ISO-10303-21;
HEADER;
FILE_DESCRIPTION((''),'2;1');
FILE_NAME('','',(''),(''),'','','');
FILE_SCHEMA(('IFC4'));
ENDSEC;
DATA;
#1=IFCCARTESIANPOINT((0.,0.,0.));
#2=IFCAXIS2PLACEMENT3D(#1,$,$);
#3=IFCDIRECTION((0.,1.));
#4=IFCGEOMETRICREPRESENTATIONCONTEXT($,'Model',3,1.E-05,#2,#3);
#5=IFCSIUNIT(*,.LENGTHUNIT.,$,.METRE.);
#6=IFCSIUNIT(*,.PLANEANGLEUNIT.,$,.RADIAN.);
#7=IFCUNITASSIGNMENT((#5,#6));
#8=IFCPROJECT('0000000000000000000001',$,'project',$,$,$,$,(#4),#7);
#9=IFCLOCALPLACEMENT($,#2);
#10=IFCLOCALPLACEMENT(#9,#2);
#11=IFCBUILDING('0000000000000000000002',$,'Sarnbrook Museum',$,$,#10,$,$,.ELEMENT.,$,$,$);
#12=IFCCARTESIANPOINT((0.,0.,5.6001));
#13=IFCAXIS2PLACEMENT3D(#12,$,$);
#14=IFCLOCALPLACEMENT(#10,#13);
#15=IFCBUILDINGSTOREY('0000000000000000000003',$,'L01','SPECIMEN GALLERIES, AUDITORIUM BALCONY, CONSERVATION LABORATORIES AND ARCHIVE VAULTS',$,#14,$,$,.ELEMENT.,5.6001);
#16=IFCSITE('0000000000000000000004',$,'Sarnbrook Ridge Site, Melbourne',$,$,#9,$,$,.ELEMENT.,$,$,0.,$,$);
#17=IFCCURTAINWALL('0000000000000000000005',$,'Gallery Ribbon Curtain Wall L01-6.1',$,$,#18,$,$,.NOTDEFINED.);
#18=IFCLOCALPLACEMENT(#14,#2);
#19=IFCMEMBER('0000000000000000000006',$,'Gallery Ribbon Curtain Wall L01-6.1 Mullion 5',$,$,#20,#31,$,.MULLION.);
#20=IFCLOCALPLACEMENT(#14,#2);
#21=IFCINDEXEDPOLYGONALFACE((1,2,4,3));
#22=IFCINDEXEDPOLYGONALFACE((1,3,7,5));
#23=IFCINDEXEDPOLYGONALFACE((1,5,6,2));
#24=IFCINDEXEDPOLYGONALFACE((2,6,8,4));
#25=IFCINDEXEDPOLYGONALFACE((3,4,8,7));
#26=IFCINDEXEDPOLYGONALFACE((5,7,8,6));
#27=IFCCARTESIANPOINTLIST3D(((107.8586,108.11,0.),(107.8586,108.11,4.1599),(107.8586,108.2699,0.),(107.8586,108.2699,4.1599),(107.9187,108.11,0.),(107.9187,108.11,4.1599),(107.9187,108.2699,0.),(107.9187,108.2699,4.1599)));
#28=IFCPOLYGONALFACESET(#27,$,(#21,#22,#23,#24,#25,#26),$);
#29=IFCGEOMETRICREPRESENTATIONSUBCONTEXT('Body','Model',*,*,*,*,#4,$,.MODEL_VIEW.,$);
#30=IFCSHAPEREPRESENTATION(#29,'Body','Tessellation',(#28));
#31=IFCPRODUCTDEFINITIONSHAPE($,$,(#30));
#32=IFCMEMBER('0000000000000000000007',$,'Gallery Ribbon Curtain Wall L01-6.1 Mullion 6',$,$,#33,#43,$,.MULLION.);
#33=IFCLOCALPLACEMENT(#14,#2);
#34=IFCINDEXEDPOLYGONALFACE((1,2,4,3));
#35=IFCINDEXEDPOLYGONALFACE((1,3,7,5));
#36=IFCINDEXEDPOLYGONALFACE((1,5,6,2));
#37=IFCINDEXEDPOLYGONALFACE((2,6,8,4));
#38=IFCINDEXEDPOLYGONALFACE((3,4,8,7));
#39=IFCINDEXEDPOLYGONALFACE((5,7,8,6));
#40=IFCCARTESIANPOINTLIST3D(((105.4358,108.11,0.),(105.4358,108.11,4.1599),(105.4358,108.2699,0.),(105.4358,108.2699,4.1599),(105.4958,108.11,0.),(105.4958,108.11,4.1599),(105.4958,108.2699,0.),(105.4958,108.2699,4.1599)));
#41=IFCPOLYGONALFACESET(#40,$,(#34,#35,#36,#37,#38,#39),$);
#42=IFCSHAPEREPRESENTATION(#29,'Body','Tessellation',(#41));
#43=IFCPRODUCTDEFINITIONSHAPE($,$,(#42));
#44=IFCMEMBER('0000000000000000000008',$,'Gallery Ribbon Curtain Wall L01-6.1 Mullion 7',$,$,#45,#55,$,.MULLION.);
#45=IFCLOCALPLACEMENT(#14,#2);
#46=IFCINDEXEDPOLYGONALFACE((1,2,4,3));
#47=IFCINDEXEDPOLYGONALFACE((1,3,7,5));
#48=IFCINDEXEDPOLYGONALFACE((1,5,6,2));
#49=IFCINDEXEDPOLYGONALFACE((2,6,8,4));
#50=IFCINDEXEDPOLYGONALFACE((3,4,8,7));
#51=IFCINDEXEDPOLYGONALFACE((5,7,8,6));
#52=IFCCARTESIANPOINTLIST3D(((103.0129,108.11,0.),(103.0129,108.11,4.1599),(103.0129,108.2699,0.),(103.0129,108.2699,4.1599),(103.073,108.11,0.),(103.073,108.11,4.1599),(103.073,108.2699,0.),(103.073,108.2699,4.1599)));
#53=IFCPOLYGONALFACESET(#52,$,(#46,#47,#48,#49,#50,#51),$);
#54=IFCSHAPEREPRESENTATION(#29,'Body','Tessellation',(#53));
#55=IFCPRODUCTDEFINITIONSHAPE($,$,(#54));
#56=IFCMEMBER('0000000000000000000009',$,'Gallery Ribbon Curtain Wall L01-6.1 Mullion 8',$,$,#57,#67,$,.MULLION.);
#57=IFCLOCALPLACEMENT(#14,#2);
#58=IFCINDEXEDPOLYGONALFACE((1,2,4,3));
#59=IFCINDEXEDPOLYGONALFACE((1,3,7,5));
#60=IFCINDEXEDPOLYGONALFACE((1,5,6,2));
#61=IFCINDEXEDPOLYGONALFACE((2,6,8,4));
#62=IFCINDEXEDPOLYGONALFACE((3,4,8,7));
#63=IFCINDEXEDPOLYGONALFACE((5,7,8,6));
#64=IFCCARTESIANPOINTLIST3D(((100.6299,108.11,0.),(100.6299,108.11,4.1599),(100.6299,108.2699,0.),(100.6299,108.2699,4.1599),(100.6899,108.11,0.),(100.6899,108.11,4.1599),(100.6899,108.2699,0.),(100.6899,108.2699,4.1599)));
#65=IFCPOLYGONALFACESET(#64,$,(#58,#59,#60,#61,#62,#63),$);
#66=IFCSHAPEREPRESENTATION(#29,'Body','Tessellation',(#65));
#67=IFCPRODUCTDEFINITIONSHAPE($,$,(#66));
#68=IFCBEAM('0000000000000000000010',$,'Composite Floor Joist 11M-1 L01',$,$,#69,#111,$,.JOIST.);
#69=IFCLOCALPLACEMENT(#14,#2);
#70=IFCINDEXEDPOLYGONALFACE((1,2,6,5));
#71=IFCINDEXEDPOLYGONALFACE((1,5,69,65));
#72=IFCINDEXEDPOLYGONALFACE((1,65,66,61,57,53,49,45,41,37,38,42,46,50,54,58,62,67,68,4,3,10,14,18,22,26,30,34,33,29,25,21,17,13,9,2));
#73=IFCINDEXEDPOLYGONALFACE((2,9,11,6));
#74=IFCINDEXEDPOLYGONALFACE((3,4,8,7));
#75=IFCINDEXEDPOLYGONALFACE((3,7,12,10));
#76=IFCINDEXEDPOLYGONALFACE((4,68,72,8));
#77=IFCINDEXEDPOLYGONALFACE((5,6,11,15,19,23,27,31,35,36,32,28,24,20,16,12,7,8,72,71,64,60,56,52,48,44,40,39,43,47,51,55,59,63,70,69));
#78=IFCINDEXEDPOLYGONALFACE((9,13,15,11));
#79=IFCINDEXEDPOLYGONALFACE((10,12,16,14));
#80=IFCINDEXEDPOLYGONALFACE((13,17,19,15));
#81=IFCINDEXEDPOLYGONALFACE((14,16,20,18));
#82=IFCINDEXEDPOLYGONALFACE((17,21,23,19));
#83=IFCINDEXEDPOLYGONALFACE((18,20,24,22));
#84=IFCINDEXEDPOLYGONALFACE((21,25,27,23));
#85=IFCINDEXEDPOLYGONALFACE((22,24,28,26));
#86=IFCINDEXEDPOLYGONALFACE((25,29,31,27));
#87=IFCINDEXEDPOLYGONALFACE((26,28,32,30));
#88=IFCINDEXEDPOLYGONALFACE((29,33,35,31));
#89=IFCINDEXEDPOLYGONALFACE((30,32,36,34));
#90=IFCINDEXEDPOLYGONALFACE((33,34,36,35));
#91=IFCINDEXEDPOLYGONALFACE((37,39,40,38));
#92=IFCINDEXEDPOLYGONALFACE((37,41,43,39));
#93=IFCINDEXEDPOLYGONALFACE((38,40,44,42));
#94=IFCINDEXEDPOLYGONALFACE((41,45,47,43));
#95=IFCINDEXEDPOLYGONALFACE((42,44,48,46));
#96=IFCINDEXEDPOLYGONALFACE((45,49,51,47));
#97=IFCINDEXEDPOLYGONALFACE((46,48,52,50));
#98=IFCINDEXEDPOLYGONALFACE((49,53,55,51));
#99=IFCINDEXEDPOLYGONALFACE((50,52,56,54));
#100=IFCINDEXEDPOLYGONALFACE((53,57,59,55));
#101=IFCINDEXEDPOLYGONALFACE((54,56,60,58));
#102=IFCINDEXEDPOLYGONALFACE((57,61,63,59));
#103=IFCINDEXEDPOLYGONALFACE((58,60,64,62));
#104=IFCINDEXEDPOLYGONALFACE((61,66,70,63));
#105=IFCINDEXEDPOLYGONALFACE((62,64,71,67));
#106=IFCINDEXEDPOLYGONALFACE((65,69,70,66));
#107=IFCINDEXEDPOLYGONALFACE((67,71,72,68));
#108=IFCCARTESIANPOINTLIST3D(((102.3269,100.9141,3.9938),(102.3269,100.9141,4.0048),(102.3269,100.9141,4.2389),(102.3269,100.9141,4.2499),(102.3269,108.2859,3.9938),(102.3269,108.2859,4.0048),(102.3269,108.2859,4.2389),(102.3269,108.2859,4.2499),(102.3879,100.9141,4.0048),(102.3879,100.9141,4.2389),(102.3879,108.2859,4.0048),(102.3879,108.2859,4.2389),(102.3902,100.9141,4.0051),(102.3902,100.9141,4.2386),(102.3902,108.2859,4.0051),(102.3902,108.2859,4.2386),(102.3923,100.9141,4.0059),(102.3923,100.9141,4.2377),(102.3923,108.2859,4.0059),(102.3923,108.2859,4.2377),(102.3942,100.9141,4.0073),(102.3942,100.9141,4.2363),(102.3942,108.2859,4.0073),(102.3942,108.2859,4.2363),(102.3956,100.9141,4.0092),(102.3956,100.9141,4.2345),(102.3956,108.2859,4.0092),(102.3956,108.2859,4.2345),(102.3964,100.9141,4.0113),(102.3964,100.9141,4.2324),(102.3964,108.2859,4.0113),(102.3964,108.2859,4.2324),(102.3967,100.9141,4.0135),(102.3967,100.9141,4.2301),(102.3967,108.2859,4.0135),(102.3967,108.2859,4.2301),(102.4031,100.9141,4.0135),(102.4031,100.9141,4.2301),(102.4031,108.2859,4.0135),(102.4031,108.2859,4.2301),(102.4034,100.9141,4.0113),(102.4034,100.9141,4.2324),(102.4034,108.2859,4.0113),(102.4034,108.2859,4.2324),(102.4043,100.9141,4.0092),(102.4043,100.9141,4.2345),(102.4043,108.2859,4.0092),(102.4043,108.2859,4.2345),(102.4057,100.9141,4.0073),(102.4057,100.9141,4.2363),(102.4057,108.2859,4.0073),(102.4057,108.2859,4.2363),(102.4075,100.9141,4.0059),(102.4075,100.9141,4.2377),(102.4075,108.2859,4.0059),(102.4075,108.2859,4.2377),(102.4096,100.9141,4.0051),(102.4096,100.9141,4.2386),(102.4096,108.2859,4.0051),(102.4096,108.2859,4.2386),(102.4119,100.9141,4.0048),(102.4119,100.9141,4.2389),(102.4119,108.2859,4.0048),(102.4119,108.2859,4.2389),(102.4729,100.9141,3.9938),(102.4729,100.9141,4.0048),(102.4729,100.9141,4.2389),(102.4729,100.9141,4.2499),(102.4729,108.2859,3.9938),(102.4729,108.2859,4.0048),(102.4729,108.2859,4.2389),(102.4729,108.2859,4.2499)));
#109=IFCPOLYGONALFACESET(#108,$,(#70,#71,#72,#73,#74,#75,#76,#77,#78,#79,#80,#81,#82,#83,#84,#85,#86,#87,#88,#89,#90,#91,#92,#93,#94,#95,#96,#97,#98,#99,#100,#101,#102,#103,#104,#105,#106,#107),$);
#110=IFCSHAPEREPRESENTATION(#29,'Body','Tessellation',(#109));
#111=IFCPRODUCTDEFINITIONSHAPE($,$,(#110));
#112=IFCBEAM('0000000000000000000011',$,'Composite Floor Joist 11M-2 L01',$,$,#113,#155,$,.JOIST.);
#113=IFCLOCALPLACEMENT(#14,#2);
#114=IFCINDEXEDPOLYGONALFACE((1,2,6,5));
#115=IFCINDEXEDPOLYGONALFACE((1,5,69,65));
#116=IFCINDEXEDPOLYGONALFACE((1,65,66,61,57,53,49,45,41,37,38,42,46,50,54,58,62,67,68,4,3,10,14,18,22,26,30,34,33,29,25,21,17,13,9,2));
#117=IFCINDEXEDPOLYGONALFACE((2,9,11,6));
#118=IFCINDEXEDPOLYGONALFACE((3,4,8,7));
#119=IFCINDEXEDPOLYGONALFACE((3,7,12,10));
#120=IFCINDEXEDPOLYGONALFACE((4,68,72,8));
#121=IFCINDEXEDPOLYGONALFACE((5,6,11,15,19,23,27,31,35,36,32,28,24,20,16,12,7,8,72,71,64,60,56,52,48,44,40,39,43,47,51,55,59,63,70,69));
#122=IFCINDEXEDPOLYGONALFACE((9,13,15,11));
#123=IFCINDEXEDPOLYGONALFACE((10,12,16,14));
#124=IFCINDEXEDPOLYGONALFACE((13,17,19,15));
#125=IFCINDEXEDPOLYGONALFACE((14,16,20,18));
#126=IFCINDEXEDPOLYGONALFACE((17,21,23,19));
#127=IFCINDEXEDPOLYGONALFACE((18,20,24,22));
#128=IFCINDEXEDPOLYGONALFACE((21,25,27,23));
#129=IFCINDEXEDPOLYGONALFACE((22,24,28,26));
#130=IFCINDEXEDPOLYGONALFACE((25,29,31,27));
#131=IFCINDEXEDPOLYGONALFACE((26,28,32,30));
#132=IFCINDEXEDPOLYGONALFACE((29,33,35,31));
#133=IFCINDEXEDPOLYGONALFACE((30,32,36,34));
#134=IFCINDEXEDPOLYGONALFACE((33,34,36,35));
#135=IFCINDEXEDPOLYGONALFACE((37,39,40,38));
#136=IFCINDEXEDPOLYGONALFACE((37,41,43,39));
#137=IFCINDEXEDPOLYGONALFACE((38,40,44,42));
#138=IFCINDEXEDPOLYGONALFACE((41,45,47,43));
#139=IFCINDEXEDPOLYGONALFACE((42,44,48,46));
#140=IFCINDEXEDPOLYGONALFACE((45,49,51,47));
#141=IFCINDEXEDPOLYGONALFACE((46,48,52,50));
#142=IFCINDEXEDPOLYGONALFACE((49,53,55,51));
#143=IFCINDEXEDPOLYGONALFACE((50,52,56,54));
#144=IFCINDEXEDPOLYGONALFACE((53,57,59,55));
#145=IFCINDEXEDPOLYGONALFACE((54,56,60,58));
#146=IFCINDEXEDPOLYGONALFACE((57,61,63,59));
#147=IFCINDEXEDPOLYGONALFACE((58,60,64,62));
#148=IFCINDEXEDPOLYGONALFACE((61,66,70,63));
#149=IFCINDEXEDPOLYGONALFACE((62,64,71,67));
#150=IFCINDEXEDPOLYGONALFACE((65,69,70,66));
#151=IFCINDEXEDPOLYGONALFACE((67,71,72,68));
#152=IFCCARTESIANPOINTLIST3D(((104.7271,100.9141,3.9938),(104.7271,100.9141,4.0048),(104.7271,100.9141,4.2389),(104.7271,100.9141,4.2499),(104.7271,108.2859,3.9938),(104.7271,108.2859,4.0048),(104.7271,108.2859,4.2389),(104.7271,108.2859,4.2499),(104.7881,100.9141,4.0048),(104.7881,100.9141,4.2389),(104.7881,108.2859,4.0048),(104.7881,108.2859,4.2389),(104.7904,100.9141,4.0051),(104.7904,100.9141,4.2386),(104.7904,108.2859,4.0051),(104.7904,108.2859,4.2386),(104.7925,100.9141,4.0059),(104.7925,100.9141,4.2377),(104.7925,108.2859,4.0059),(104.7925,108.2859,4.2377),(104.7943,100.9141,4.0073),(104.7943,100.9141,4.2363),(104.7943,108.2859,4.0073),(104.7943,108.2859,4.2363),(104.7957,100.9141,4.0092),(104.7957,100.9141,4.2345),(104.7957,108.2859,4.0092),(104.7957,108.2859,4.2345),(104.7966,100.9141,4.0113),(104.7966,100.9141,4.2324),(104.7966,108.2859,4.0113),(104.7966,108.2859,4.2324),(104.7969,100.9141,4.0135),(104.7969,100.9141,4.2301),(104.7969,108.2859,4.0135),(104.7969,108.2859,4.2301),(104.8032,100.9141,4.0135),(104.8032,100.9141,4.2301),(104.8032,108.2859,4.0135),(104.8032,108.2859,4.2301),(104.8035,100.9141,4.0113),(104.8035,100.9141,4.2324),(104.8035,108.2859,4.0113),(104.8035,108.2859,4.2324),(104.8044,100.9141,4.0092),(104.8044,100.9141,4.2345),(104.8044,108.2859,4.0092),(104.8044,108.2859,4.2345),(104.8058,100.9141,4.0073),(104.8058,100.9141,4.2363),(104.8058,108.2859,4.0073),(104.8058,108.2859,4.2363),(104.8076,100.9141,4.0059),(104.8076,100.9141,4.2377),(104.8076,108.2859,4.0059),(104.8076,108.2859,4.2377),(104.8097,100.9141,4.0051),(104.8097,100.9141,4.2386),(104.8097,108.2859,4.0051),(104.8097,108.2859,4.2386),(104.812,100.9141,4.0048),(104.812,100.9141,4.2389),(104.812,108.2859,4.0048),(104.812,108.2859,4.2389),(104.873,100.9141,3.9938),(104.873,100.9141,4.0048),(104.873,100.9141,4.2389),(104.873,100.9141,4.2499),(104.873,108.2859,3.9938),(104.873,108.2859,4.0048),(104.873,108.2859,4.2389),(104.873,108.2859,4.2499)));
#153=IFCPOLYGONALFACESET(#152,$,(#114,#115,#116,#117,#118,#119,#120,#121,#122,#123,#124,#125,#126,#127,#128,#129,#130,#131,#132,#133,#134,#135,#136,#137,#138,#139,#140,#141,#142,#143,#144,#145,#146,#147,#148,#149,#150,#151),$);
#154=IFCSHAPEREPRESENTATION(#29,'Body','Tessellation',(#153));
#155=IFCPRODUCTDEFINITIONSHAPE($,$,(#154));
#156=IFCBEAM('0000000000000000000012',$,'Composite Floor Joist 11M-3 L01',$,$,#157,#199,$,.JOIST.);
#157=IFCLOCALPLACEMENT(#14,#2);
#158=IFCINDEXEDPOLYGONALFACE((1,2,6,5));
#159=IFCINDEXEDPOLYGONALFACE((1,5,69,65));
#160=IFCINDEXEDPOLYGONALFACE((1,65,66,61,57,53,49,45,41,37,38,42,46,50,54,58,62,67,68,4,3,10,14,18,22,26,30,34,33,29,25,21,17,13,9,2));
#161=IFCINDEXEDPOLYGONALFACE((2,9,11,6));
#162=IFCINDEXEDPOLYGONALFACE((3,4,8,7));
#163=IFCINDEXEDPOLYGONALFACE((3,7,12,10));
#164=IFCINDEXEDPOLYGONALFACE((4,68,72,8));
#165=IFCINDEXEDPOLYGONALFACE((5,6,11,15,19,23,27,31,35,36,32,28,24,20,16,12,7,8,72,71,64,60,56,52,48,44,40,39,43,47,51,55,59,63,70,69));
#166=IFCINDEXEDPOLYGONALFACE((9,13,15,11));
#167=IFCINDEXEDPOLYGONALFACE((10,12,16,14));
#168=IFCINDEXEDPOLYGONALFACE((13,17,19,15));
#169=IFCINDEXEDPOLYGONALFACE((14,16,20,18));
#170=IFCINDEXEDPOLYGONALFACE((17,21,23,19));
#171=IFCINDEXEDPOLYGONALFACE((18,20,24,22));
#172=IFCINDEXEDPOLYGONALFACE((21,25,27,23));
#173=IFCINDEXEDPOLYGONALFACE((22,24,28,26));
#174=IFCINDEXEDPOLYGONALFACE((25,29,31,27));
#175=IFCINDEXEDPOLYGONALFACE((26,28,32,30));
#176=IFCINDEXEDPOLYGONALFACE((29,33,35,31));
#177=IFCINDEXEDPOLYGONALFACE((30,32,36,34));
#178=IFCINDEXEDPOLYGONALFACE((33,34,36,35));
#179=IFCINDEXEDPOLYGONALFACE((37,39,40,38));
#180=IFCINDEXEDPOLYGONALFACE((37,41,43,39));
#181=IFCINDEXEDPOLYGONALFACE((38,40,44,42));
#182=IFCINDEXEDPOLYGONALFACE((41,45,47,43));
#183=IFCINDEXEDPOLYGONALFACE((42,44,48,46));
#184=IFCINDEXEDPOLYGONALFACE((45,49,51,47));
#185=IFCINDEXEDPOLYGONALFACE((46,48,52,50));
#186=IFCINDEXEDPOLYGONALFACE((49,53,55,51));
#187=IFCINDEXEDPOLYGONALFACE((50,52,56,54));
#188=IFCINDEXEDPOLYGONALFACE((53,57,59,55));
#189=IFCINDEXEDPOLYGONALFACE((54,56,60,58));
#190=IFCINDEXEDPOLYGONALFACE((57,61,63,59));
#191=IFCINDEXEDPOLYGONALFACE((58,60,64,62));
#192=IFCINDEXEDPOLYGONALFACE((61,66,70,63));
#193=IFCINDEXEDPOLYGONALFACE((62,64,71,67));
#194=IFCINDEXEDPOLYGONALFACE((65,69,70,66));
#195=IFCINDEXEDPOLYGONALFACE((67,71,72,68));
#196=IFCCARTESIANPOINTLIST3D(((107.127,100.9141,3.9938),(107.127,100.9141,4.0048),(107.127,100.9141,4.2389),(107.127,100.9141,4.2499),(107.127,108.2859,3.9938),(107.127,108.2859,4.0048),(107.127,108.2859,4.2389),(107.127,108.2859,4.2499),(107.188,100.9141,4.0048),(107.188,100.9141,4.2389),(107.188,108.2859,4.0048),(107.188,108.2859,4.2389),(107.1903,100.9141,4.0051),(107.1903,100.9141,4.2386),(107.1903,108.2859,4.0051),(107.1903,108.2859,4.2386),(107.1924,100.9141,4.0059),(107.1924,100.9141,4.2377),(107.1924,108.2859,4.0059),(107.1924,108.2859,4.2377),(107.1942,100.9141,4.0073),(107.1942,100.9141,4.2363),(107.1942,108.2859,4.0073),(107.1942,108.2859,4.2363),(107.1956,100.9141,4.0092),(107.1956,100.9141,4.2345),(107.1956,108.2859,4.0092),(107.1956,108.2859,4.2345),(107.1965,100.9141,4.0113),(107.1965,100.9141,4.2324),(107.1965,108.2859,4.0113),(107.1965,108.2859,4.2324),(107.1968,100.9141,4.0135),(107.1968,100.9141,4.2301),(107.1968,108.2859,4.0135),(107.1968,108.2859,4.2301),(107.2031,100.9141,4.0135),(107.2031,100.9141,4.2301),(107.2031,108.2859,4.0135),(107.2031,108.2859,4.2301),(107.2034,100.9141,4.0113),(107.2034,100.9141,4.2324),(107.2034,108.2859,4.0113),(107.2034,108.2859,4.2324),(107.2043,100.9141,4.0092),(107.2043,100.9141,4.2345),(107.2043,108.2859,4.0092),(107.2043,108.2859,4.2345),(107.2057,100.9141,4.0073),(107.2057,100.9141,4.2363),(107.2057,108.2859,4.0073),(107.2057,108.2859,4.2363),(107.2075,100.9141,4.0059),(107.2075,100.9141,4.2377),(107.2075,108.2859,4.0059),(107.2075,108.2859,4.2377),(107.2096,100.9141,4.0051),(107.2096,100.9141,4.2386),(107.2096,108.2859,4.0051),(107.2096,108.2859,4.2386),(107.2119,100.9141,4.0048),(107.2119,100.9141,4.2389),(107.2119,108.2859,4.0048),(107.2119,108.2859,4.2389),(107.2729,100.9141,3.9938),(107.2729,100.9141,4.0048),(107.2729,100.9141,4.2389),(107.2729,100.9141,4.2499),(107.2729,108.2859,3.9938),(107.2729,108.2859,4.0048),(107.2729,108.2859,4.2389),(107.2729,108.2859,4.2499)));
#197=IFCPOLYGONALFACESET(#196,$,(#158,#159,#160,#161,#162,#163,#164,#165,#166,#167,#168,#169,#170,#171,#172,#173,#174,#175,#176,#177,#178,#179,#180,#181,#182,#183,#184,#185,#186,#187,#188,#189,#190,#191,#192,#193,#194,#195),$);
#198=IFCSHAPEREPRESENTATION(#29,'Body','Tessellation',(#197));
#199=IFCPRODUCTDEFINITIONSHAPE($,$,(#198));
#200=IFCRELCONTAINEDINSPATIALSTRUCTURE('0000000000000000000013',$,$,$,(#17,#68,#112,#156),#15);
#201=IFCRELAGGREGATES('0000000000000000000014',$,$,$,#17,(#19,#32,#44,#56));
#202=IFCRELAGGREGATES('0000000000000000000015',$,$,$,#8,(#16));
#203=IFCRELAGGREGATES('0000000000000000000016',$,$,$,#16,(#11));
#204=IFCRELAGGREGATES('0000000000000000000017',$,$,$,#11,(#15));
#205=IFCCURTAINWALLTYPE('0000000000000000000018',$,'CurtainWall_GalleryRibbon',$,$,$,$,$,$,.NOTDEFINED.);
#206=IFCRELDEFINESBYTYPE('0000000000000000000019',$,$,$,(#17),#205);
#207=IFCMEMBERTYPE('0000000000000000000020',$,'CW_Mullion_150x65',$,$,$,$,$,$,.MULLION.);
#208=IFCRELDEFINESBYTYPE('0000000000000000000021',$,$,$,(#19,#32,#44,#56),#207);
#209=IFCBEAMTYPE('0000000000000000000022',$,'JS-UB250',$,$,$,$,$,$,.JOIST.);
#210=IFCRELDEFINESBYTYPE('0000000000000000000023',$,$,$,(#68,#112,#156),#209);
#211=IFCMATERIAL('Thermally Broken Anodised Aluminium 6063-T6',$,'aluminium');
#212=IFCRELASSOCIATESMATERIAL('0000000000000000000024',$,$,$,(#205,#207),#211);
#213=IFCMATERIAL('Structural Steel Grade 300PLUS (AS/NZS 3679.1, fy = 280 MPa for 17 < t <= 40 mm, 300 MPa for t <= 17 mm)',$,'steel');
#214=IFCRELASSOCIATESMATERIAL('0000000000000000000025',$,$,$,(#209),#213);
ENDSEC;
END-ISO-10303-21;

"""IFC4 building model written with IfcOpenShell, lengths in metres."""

from ifc_helpers import new_model, si_unit, direction, frame, origin, origin_2d, place, context, subcontext, project, spatial, rectangle, i_section, extrude, material, material_profile, profile_set, type_object, element, aggregate, save


model = new_model("IFC4")

# Units and contexts
model_context = context("Model", 3, precision=1e-05, world=origin(), true_north=direction((0.0, 1.0)))
body_context = subcontext(model_context, "Body", "Model", "MODEL_VIEW")
ifc_project = project(units=[si_unit("LENGTHUNIT", "METRE"), si_unit("PLANEANGLEUNIT", "RADIAN")], contexts=[model_context])

# Site, building, storey
site_placement = place(None, origin())
site = spatial("IfcSite", under=ifc_project, at=site_placement, Name="Sarnbrook Ridge Site, Melbourne", CompositionType="ELEMENT", RefElevation=0.0)
building_placement = place(site_placement, origin())
building = spatial("IfcBuilding", under=site, at=building_placement, Name="Sarnbrook Museum", CompositionType="ELEMENT")
storey_placement = place(building_placement, frame((0.0, 0.0, 5.6001)))
storey = spatial("IfcBuildingStorey", under=building, at=storey_placement, Name="L01", Description="SPECIMEN GALLERIES, AUDITORIUM BALCONY, CONSERVATION LABORATORIES AND ARCHIVE VAULTS", CompositionType="ELEMENT", Elevation=5.6001)

# Shared definitions
ifc_material_1 = material(Name="Structural Steel Grade 300PLUS (AS/NZS 3679.1, fy = 280 MPa for 17 < t <= 40 mm, 300 MPa for t <= 17 mm)", Category="steel")

# Curtain wall, members
ifc_material_2 = material(Name="Thermally Broken Anodised Aluminium 6063-T6", Category="aluminium")
curtain_wall_type = type_object("IfcCurtainWallType", Name="CurtainWall_GalleryRibbon", PredefinedType="NOTDEFINED", material=ifc_material_2)
curtain_wall_placement = place(storey_placement, origin())
curtain_wall = element("IfcCurtainWall", 1, at=curtain_wall_placement, inside=storey, type_object=curtain_wall_type, Name="Gallery Ribbon Curtain Wall L01-6.1", PredefinedType="NOTDEFINED")
ifc_material_profile_1 = material_profile(ifc_material_2, rectangle(XDim=0.0601, YDim=0.1599, at=origin_2d()), Name="ALU MULLION 60x160")
ifc_profile_set_1 = profile_set([ifc_material_profile_1], Name="Thermally Broken Anodised Aluminium 6063-T6")
member_type = type_object("IfcMemberType", Name="CW_Mullion_150x65", PredefinedType="MULLION", material=ifc_profile_set_1)
member_1_placement = place(storey_placement, frame((107.8887, 108.1899, 0.0), z_axis=(0.0, 0.0, 1.0), x_axis=(1.0, 0.0, 0.0)))
member_1 = element("IfcMember", 2, at=member_1_placement, type_object=member_type, Name="Gallery Ribbon Curtain Wall L01-6.1 Mullion 5", PredefinedType="MULLION", context=body_context, shape_type="SweptSolid", body=[
    extrude(rectangle(XDim=0.0601, YDim=0.1599, at=origin_2d()), origin(), (0.0, 0.0, 1.0), 4.1599),
])
member_2_placement = place(storey_placement, frame((105.4658, 108.1899, 0.0), z_axis=(0.0, 0.0, 1.0), x_axis=(1.0, 0.0, 0.0)))
member_2 = element("IfcMember", 3, at=member_2_placement, type_object=member_type, Name="Gallery Ribbon Curtain Wall L01-6.1 Mullion 6", PredefinedType="MULLION", context=body_context, shape_type="SweptSolid", body=[
    extrude(rectangle(XDim=0.0601, YDim=0.1599, at=origin_2d()), origin(), (0.0, 0.0, 1.0), 4.1599),
])
member_3_placement = place(storey_placement, frame((103.043, 108.1899, 0.0), z_axis=(0.0, 0.0, 1.0), x_axis=(1.0, 0.0, 0.0)))
member_3 = element("IfcMember", 4, at=member_3_placement, type_object=member_type, Name="Gallery Ribbon Curtain Wall L01-6.1 Mullion 7", PredefinedType="MULLION", context=body_context, shape_type="SweptSolid", body=[
    extrude(rectangle(XDim=0.0601, YDim=0.1599, at=origin_2d()), origin(), (0.0, 0.0, 1.0), 4.1599),
])
member_4_placement = place(storey_placement, frame((100.6599, 108.1899, 0.0), z_axis=(0.0, 0.0, 1.0), x_axis=(1.0, 0.0, 0.0)))
member_4 = element("IfcMember", 5, at=member_4_placement, type_object=member_type, Name="Gallery Ribbon Curtain Wall L01-6.1 Mullion 8", PredefinedType="MULLION", context=body_context, shape_type="SweptSolid", body=[
    extrude(rectangle(XDim=0.0601, YDim=0.1599, at=origin_2d()), origin(), (0.0, 0.0, 1.0), 4.1599),
])

# Beams
ifc_material_profile_2 = material_profile(ifc_material_1, i_section(OverallWidth=0.146, OverallDepth=0.2561, WebThickness=0.0063, FlangeThickness=0.011, FilletRadius=0.0088, at=origin_2d()), Name="250UB37.3")
ifc_profile_set_2 = profile_set([ifc_material_profile_2], Name="Structural Steel Grade 300PLUS (AS/NZS 3679.1, fy = 280 MPa for 17 < t <= 40 mm, 300 MPa for t <= 17 mm)")
beam_type_1 = type_object("IfcBeamType", Name="JS-UB250", PredefinedType="JOIST", material=ifc_profile_set_2)
for number, where, z_axis, x_axis, name in (
    (6, (102.3999, 100.9141, 4.1218), (0.0, 1.0, 0.0), (-1.0, 0.0, 0.0), "Composite Floor Joist 11M-1 L01"),
    (7, (104.8, 100.9141, 4.1218), (0.0, 1.0, 0.0), (-1.0, 0.0, 0.0), "Composite Floor Joist 11M-2 L01"),
    (8, (107.2, 100.9141, 4.1218), (0.0, 1.0, 0.0), (-1.0, 0.0, 0.0), "Composite Floor Joist 11M-3 L01"),
):
    element("IfcBeam", number, at=place(storey_placement, frame(where, z_axis=z_axis, x_axis=x_axis)), inside=storey, type_object=beam_type_1, Name=name, PredefinedType="JOIST", context=body_context, shape_type="SweptSolid", body=[
        extrude(i_section(OverallWidth=0.146, OverallDepth=0.2561, WebThickness=0.0063, FlangeThickness=0.011, FilletRadius=0.0088, at=origin_2d()), origin(), (0.0, 0.0, 1.0), 7.3718),
    ])

aggregate(curtain_wall, [member_1, member_2, member_3, member_4])

save(model, "model.ifc")
